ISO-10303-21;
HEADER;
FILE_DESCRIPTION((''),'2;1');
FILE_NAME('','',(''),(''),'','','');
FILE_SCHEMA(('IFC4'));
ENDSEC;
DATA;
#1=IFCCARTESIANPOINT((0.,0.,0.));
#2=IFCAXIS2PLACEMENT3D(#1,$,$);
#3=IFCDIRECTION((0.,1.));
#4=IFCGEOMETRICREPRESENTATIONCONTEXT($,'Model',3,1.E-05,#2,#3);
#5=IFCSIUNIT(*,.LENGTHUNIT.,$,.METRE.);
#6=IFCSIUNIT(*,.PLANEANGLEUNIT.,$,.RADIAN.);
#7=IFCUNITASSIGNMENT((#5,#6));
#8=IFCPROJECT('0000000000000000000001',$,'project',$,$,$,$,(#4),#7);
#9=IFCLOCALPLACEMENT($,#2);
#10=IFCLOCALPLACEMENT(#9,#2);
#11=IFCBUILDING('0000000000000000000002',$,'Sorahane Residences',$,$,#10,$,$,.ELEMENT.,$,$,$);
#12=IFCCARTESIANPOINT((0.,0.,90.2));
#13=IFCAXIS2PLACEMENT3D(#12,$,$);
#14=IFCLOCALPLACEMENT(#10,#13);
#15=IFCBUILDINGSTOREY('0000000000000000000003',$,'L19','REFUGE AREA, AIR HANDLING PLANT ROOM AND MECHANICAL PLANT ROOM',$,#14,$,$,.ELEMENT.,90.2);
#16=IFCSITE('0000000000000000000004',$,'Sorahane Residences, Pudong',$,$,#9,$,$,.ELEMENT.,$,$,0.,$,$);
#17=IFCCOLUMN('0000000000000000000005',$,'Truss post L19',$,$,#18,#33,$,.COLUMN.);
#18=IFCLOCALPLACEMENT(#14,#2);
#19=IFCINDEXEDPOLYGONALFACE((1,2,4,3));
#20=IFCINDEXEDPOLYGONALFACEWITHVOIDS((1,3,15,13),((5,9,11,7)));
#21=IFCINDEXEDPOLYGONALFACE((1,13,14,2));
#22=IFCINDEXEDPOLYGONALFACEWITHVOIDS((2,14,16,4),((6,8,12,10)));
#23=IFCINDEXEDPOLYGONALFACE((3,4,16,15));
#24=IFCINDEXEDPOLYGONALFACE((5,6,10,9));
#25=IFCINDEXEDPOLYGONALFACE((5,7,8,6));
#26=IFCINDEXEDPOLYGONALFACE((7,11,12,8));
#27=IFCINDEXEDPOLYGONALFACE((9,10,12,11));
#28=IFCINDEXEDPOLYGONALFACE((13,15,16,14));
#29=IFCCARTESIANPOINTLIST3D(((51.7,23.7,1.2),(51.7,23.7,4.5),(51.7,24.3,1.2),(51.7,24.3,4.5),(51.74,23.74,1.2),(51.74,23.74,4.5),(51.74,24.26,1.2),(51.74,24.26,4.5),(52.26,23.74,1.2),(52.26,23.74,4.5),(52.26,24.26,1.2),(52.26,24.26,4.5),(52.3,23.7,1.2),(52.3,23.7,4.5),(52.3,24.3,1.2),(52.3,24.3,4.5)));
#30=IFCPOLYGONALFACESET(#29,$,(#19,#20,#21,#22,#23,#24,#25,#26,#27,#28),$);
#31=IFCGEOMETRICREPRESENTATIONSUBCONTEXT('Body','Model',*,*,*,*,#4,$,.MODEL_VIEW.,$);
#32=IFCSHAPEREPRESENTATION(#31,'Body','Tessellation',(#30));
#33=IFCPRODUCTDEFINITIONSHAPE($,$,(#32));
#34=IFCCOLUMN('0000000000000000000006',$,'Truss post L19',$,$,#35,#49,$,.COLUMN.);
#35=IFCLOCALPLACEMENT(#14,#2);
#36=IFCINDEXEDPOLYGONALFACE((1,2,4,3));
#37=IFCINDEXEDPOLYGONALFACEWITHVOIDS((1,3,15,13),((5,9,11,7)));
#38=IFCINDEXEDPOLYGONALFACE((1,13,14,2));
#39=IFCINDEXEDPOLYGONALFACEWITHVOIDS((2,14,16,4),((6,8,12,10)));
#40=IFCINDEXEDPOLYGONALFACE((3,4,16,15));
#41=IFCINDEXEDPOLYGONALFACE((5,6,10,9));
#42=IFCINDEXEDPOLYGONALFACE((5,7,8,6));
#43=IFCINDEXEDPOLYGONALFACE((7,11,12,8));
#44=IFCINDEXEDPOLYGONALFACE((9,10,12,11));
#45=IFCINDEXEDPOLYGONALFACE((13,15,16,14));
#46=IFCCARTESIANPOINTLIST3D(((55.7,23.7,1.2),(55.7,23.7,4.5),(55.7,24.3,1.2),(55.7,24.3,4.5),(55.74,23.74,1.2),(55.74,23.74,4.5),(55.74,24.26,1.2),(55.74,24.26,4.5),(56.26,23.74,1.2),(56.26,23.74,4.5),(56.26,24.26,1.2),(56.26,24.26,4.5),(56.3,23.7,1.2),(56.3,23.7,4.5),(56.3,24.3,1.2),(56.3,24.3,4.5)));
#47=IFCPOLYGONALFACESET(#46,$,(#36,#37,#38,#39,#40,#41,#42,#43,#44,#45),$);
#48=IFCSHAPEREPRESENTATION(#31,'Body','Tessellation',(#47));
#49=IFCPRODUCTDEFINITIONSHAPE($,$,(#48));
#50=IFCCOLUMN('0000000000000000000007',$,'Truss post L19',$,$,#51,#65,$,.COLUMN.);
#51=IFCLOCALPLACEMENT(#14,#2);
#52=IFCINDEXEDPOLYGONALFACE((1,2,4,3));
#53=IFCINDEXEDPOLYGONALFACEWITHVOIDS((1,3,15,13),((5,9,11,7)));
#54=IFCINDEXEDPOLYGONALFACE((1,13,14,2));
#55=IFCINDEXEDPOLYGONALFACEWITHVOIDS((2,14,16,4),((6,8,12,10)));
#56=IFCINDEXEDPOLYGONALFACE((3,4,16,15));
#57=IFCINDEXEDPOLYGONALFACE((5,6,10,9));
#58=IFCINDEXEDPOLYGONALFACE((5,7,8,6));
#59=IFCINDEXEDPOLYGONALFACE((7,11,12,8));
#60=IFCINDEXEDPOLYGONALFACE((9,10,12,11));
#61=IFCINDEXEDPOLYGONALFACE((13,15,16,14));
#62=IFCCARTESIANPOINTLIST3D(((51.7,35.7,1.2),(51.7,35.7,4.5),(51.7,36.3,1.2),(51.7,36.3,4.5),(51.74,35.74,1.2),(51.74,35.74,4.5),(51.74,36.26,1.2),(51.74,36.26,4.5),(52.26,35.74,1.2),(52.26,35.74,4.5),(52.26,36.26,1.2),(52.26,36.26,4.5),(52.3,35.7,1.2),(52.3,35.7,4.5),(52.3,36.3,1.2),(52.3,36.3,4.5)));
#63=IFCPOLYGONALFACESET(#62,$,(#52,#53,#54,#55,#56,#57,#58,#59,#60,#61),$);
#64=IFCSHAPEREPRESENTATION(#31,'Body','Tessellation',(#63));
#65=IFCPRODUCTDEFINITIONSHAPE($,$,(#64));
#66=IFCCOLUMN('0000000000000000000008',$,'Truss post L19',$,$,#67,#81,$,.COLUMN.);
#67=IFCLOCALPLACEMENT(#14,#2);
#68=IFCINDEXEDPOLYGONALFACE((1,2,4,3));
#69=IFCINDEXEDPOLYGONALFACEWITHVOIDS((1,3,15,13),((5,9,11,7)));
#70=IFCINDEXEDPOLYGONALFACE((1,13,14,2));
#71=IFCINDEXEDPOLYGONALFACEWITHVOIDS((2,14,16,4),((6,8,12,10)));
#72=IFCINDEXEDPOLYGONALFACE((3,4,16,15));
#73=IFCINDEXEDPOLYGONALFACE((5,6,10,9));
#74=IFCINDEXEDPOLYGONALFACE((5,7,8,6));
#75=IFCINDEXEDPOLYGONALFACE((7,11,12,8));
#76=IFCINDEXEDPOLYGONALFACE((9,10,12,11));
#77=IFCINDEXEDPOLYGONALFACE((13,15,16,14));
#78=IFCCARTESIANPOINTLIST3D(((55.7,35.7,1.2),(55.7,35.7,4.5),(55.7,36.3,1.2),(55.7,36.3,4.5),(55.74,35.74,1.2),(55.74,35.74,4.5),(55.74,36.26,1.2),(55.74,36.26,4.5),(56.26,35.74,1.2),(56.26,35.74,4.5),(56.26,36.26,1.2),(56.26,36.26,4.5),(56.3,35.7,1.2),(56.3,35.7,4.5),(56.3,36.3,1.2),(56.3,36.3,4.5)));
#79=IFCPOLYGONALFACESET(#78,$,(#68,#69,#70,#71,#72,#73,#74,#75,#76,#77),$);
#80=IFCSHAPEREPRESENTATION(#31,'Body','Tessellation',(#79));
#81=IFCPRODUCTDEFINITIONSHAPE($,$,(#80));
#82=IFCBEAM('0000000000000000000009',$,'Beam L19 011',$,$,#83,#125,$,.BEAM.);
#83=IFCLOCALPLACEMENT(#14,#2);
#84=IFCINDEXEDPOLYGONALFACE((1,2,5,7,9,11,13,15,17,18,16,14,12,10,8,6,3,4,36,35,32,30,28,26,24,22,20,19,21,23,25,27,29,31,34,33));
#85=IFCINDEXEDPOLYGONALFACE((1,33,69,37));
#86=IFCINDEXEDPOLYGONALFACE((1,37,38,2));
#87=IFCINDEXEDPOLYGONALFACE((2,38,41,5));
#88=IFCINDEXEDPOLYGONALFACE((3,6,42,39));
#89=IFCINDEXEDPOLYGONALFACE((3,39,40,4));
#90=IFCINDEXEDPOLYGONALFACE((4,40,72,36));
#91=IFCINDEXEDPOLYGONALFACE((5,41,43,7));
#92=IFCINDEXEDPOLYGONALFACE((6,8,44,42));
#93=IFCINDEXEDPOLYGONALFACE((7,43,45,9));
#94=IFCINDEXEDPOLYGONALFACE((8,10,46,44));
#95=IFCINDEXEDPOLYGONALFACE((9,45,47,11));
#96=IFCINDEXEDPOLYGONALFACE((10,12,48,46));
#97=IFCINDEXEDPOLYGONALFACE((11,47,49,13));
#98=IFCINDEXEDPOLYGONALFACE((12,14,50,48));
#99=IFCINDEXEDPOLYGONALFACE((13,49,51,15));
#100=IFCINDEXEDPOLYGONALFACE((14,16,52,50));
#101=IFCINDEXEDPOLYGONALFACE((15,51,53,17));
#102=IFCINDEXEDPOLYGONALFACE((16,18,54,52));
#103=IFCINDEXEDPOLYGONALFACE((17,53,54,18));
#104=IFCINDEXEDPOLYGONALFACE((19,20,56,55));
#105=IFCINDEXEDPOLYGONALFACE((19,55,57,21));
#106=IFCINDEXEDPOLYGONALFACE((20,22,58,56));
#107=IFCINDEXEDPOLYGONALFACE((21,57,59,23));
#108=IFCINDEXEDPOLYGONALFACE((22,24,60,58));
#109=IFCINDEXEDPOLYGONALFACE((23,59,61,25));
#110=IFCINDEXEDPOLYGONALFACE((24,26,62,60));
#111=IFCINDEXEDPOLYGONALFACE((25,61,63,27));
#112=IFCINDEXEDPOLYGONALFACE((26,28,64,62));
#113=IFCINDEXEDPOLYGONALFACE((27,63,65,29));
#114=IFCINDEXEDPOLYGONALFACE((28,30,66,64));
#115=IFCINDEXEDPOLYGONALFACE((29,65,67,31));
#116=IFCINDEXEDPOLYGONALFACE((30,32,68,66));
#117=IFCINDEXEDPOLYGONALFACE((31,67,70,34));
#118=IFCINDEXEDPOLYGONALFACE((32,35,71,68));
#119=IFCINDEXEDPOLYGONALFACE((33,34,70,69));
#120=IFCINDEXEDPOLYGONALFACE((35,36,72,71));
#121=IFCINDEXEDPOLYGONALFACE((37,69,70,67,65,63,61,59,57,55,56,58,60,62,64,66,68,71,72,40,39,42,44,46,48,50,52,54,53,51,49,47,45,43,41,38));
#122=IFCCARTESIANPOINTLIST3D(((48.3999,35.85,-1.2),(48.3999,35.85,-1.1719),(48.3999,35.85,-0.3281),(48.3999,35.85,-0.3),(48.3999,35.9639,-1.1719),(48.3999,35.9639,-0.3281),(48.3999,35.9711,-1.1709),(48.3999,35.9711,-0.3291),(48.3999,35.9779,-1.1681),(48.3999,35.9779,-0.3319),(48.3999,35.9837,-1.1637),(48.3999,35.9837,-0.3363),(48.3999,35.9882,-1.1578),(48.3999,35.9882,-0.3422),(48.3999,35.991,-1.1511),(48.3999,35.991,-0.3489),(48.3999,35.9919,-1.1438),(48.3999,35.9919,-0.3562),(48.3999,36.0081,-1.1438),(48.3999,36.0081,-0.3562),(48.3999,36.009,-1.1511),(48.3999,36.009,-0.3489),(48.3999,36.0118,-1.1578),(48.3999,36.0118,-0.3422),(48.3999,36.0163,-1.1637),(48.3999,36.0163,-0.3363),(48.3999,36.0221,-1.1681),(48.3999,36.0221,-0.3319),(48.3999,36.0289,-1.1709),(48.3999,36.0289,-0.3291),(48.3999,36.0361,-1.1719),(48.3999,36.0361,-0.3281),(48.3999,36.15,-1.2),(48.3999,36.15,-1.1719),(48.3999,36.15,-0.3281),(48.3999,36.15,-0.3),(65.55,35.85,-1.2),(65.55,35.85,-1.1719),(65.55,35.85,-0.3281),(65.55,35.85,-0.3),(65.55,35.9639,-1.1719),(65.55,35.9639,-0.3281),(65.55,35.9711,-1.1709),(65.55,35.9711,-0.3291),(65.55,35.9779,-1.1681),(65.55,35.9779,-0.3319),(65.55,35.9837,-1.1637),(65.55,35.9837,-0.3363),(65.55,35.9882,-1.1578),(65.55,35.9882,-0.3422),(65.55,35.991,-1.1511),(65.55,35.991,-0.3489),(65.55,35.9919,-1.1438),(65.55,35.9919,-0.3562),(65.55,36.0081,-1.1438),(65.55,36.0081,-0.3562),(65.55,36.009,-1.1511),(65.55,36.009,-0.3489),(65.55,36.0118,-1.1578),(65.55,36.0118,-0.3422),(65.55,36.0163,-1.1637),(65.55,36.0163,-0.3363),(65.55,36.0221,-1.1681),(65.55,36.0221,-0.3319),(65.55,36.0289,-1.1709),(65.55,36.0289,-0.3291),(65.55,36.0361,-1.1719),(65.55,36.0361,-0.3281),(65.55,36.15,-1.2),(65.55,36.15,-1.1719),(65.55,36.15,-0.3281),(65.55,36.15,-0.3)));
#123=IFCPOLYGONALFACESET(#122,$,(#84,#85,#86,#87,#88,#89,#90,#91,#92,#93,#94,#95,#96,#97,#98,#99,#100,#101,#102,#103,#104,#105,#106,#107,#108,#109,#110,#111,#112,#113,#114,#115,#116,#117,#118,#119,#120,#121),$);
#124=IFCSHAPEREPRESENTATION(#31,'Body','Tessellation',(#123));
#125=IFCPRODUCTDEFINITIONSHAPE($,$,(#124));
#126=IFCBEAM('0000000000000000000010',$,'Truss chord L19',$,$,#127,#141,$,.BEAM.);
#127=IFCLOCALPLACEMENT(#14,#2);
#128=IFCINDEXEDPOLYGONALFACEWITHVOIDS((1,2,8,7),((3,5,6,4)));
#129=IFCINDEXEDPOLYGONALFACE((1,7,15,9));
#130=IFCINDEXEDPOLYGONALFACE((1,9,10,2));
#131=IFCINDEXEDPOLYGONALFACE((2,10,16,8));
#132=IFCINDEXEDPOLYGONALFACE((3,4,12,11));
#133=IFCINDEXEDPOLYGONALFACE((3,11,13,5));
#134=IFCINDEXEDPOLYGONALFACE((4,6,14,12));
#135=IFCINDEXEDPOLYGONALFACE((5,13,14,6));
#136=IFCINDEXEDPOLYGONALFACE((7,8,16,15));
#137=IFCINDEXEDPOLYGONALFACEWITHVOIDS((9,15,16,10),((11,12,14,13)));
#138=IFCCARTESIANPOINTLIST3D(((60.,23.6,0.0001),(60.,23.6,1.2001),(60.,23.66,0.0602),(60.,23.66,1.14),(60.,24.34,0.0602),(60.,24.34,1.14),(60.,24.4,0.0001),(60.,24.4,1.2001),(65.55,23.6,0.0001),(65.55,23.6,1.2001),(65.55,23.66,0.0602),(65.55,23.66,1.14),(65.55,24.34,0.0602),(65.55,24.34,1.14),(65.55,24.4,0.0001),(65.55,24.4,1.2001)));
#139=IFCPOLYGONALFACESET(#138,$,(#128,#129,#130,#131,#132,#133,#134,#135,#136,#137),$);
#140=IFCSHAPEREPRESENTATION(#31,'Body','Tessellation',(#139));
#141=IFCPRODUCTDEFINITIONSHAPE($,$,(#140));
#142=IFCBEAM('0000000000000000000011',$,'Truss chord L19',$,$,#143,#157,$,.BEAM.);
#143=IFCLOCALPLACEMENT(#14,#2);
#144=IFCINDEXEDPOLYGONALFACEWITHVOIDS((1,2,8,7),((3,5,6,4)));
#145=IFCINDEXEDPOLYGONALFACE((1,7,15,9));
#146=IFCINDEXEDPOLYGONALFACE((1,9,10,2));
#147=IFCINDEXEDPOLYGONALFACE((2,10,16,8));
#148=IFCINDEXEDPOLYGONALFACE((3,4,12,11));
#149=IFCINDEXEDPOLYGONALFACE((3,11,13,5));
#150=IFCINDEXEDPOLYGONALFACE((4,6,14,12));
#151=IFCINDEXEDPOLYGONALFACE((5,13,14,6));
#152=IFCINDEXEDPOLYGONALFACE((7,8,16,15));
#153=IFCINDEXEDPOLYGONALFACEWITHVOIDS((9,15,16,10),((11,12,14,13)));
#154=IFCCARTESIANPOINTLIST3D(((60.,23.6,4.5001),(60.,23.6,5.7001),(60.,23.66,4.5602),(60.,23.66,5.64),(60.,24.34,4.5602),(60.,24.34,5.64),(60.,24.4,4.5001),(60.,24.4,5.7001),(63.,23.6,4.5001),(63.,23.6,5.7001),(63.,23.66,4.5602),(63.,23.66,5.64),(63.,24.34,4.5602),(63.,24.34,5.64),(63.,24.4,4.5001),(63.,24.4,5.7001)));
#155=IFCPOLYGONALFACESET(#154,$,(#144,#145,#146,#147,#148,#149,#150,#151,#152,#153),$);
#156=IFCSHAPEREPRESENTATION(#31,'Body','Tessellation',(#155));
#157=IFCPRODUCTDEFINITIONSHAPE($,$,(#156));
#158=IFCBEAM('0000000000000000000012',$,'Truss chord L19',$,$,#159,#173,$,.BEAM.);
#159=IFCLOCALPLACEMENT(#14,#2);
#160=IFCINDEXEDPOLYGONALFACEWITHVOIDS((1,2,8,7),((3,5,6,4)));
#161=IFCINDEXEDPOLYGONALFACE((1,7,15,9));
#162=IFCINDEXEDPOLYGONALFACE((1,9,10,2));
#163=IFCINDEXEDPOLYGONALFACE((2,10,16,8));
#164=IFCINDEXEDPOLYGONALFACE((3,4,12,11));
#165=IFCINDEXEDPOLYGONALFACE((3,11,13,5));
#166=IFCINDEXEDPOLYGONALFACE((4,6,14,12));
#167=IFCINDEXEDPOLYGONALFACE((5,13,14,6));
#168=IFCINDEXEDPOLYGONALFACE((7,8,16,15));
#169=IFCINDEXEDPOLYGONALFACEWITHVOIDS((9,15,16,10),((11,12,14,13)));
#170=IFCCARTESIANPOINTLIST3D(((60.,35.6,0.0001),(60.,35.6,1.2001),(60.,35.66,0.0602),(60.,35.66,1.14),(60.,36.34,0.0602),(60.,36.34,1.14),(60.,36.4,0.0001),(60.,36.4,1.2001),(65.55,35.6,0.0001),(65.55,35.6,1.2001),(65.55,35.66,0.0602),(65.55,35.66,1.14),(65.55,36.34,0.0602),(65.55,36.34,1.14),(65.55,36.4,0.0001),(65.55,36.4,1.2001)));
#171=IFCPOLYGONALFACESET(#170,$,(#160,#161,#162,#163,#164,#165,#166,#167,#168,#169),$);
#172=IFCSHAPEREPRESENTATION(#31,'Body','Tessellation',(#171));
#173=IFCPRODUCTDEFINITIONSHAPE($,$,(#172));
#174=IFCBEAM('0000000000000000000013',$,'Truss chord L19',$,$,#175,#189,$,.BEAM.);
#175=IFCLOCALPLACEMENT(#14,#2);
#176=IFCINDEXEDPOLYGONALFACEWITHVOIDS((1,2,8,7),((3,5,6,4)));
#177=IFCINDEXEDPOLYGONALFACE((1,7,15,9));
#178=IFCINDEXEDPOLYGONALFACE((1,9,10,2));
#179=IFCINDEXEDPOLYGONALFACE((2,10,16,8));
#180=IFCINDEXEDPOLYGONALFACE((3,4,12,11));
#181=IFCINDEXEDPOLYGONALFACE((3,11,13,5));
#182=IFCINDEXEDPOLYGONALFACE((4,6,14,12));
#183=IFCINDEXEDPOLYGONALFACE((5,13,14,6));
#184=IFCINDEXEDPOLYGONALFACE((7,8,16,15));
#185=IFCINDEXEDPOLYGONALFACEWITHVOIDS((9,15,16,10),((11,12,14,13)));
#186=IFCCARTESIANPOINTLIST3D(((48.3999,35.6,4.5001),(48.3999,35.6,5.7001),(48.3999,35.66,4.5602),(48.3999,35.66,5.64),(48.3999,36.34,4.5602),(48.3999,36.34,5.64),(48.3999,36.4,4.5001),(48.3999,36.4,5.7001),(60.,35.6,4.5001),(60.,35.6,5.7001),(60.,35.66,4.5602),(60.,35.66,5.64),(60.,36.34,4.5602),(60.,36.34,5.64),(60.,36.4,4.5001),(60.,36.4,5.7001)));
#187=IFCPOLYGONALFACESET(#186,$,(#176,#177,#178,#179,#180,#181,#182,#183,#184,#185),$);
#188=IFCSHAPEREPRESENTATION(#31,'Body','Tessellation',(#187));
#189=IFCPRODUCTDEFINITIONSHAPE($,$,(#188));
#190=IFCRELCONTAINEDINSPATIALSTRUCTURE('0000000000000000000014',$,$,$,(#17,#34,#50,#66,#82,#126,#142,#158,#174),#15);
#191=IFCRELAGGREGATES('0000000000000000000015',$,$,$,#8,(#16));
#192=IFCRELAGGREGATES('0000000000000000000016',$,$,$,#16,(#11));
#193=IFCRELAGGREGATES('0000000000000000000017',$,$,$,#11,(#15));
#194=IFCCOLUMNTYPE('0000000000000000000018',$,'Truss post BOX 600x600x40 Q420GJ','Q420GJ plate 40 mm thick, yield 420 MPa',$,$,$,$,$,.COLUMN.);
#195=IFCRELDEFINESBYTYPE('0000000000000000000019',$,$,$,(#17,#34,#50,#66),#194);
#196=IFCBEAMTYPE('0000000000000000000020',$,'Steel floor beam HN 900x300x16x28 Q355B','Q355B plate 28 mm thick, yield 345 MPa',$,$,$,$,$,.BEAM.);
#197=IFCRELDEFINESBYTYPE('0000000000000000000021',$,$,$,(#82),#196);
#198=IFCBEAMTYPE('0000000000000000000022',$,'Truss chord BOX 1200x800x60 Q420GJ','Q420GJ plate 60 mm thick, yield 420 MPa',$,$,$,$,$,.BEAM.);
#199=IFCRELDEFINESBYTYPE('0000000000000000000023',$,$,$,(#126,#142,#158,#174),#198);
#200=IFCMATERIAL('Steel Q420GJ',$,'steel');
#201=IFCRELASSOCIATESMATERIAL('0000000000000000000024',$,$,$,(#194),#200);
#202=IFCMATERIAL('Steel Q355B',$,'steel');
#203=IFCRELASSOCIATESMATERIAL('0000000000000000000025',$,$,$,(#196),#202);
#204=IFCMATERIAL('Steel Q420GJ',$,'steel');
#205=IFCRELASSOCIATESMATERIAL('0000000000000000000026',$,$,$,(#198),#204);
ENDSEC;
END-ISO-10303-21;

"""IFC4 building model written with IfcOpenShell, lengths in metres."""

from ifc_helpers import new_model, si_unit, direction, frame, origin, origin_2d, place, context, subcontext, project, spatial, hollow_rectangle, i_section, extrude, material, material_profile, profile_set, type_object, element, save


model = new_model("IFC4")

# Units and contexts
model_context = context("Model", 3, precision=1e-05, world=origin(), true_north=direction((0.0, 1.0)))
body_context = subcontext(model_context, "Body", "Model", "MODEL_VIEW")
ifc_project = project(units=[si_unit("LENGTHUNIT", "METRE"), si_unit("PLANEANGLEUNIT", "RADIAN")], contexts=[model_context])

# Site, building, storey
site_placement = place(None, origin())
site = spatial("IfcSite", under=ifc_project, at=site_placement, Name="Sorahane Residences, Pudong", CompositionType="ELEMENT", RefElevation=0.0)
building_placement = place(site_placement, origin())
building = spatial("IfcBuilding", under=site, at=building_placement, Name="Sorahane Residences", CompositionType="ELEMENT")
storey_placement = place(building_placement, frame((0.0, 0.0, 90.2)))
storey = spatial("IfcBuildingStorey", under=building, at=storey_placement, Name="L19", Description="REFUGE AREA, AIR HANDLING PLANT ROOM AND MECHANICAL PLANT ROOM", CompositionType="ELEMENT", Elevation=90.2)

# Columns
ifc_material_1 = material(Name="Steel Q420GJ", Category="steel")
ifc_material_profile_1 = material_profile(ifc_material_1, hollow_rectangle(XDim=0.6001, YDim=0.6001, WallThickness=0.04, at=origin_2d()), Name="BOX 600x600x40")
ifc_profile_set_1 = profile_set([ifc_material_profile_1], Name="Steel Q420GJ")
column_type = type_object("IfcColumnType", Name="Truss post BOX 600x600x40 Q420GJ", Description="Q420GJ plate 40 mm thick, yield 420 MPa", PredefinedType="COLUMN", material=ifc_profile_set_1)
for number, where, z_axis, x_axis, name in (
    (1, (52.0, 24.0, 1.2), (0.0, 0.0, 1.0), (1.0, 0.0, 0.0), "Truss post L19"),
    (2, (56.0, 24.0, 1.2), (0.0, 0.0, 1.0), (1.0, 0.0, 0.0), "Truss post L19"),
    (3, (52.0, 36.0, 1.2), (0.0, 0.0, 1.0), (1.0, 0.0, 0.0), "Truss post L19"),
    (4, (56.0, 36.0, 1.2), (0.0, 0.0, 1.0), (1.0, 0.0, 0.0), "Truss post L19"),
):
    element("IfcColumn", number, at=place(storey_placement, frame(where, z_axis=z_axis, x_axis=x_axis)), inside=storey, type_object=column_type, Name=name, PredefinedType="COLUMN", context=body_context, shape_type="SweptSolid", body=[
        extrude(hollow_rectangle(XDim=0.6001, YDim=0.6001, WallThickness=0.04, at=origin_2d()), origin(), (0.0, 0.0, 1.0), 3.3),
    ])

# Beams
ifc_material_2 = material(Name="Steel Q355B", Category="steel")
ifc_material_profile_2 = material_profile(ifc_material_2, i_section(OverallWidth=0.3, OverallDepth=0.8999, WebThickness=0.0161, FlangeThickness=0.0281, FilletRadius=0.0281, at=origin_2d()), Name="HN 900x300x16x28")
ifc_profile_set_2 = profile_set([ifc_material_profile_2], Name="Steel Q355B")
beam_type_1 = type_object("IfcBeamType", Name="Steel floor beam HN 900x300x16x28 Q355B", Description="Q355B plate 28 mm thick, yield 345 MPa", PredefinedType="BEAM", material=ifc_profile_set_2)
beam_1_placement = place(storey_placement, frame((48.3999, 36.0, -0.75), z_axis=(1.0, 0.0, 0.0), x_axis=(0.0, 1.0, 0.0)))
element("IfcBeam", 5, at=beam_1_placement, inside=storey, type_object=beam_type_1, Name="Beam L19 011", PredefinedType="BEAM", context=body_context, shape_type="SweptSolid", body=[
    extrude(i_section(OverallWidth=0.3, OverallDepth=0.8999, WebThickness=0.0161, FlangeThickness=0.0281, FilletRadius=0.0281, at=origin_2d()), origin(), (0.0, 0.0, 1.0), 17.1501),
])
ifc_material_3 = material(Name="Steel Q420GJ", Category="steel")
ifc_material_profile_3 = material_profile(ifc_material_3, hollow_rectangle(XDim=0.8, YDim=1.2, WallThickness=0.0601, at=origin_2d()), Name="BOX 1200x800x60")
ifc_profile_set_3 = profile_set([ifc_material_profile_3], Name="Steel Q420GJ")
beam_type_2 = type_object("IfcBeamType", Name="Truss chord BOX 1200x800x60 Q420GJ", Description="Q420GJ plate 60 mm thick, yield 420 MPa", PredefinedType="BEAM", material=ifc_profile_set_3)
beam_2_placement = place(storey_placement, frame((60.0, 24.0, 0.6001), z_axis=(1.0, 0.0, 0.0), x_axis=(0.0, 1.0, 0.0)))
element("IfcBeam", 6, at=beam_2_placement, inside=storey, type_object=beam_type_2, Name="Truss chord L19", PredefinedType="BEAM", context=body_context, shape_type="SweptSolid", body=[
    extrude(hollow_rectangle(XDim=0.8, YDim=1.2, WallThickness=0.0601, at=origin_2d()), origin(), (0.0, 0.0, 1.0), 5.55),
])
beam_3_placement = place(storey_placement, frame((60.0, 24.0, 5.1001), z_axis=(1.0, 0.0, 0.0), x_axis=(0.0, 1.0, 0.0)))
element("IfcBeam", 7, at=beam_3_placement, inside=storey, type_object=beam_type_2, Name="Truss chord L19", PredefinedType="BEAM", context=body_context, shape_type="SweptSolid", body=[
    extrude(hollow_rectangle(XDim=0.8, YDim=1.2, WallThickness=0.0601, at=origin_2d()), origin(), (0.0, 0.0, 1.0), 3.0),
])
beam_4_placement = place(storey_placement, frame((60.0, 36.0, 0.6001), z_axis=(1.0, 0.0, 0.0), x_axis=(0.0, 1.0, 0.0)))
element("IfcBeam", 8, at=beam_4_placement, inside=storey, type_object=beam_type_2, Name="Truss chord L19", PredefinedType="BEAM", context=body_context, shape_type="SweptSolid", body=[
    extrude(hollow_rectangle(XDim=0.8, YDim=1.2, WallThickness=0.0601, at=origin_2d()), origin(), (0.0, 0.0, 1.0), 5.55),
])
beam_5_placement = place(storey_placement, frame((48.3999, 36.0, 5.1001), z_axis=(1.0, 0.0, 0.0), x_axis=(0.0, 1.0, 0.0)))
element("IfcBeam", 9, at=beam_5_placement, inside=storey, type_object=beam_type_2, Name="Truss chord L19", PredefinedType="BEAM", context=body_context, shape_type="SweptSolid", body=[
    extrude(hollow_rectangle(XDim=0.8, YDim=1.2, WallThickness=0.0601, at=origin_2d()), origin(), (0.0, 0.0, 1.0), 11.6001),
])

save(model, "model.ifc")
